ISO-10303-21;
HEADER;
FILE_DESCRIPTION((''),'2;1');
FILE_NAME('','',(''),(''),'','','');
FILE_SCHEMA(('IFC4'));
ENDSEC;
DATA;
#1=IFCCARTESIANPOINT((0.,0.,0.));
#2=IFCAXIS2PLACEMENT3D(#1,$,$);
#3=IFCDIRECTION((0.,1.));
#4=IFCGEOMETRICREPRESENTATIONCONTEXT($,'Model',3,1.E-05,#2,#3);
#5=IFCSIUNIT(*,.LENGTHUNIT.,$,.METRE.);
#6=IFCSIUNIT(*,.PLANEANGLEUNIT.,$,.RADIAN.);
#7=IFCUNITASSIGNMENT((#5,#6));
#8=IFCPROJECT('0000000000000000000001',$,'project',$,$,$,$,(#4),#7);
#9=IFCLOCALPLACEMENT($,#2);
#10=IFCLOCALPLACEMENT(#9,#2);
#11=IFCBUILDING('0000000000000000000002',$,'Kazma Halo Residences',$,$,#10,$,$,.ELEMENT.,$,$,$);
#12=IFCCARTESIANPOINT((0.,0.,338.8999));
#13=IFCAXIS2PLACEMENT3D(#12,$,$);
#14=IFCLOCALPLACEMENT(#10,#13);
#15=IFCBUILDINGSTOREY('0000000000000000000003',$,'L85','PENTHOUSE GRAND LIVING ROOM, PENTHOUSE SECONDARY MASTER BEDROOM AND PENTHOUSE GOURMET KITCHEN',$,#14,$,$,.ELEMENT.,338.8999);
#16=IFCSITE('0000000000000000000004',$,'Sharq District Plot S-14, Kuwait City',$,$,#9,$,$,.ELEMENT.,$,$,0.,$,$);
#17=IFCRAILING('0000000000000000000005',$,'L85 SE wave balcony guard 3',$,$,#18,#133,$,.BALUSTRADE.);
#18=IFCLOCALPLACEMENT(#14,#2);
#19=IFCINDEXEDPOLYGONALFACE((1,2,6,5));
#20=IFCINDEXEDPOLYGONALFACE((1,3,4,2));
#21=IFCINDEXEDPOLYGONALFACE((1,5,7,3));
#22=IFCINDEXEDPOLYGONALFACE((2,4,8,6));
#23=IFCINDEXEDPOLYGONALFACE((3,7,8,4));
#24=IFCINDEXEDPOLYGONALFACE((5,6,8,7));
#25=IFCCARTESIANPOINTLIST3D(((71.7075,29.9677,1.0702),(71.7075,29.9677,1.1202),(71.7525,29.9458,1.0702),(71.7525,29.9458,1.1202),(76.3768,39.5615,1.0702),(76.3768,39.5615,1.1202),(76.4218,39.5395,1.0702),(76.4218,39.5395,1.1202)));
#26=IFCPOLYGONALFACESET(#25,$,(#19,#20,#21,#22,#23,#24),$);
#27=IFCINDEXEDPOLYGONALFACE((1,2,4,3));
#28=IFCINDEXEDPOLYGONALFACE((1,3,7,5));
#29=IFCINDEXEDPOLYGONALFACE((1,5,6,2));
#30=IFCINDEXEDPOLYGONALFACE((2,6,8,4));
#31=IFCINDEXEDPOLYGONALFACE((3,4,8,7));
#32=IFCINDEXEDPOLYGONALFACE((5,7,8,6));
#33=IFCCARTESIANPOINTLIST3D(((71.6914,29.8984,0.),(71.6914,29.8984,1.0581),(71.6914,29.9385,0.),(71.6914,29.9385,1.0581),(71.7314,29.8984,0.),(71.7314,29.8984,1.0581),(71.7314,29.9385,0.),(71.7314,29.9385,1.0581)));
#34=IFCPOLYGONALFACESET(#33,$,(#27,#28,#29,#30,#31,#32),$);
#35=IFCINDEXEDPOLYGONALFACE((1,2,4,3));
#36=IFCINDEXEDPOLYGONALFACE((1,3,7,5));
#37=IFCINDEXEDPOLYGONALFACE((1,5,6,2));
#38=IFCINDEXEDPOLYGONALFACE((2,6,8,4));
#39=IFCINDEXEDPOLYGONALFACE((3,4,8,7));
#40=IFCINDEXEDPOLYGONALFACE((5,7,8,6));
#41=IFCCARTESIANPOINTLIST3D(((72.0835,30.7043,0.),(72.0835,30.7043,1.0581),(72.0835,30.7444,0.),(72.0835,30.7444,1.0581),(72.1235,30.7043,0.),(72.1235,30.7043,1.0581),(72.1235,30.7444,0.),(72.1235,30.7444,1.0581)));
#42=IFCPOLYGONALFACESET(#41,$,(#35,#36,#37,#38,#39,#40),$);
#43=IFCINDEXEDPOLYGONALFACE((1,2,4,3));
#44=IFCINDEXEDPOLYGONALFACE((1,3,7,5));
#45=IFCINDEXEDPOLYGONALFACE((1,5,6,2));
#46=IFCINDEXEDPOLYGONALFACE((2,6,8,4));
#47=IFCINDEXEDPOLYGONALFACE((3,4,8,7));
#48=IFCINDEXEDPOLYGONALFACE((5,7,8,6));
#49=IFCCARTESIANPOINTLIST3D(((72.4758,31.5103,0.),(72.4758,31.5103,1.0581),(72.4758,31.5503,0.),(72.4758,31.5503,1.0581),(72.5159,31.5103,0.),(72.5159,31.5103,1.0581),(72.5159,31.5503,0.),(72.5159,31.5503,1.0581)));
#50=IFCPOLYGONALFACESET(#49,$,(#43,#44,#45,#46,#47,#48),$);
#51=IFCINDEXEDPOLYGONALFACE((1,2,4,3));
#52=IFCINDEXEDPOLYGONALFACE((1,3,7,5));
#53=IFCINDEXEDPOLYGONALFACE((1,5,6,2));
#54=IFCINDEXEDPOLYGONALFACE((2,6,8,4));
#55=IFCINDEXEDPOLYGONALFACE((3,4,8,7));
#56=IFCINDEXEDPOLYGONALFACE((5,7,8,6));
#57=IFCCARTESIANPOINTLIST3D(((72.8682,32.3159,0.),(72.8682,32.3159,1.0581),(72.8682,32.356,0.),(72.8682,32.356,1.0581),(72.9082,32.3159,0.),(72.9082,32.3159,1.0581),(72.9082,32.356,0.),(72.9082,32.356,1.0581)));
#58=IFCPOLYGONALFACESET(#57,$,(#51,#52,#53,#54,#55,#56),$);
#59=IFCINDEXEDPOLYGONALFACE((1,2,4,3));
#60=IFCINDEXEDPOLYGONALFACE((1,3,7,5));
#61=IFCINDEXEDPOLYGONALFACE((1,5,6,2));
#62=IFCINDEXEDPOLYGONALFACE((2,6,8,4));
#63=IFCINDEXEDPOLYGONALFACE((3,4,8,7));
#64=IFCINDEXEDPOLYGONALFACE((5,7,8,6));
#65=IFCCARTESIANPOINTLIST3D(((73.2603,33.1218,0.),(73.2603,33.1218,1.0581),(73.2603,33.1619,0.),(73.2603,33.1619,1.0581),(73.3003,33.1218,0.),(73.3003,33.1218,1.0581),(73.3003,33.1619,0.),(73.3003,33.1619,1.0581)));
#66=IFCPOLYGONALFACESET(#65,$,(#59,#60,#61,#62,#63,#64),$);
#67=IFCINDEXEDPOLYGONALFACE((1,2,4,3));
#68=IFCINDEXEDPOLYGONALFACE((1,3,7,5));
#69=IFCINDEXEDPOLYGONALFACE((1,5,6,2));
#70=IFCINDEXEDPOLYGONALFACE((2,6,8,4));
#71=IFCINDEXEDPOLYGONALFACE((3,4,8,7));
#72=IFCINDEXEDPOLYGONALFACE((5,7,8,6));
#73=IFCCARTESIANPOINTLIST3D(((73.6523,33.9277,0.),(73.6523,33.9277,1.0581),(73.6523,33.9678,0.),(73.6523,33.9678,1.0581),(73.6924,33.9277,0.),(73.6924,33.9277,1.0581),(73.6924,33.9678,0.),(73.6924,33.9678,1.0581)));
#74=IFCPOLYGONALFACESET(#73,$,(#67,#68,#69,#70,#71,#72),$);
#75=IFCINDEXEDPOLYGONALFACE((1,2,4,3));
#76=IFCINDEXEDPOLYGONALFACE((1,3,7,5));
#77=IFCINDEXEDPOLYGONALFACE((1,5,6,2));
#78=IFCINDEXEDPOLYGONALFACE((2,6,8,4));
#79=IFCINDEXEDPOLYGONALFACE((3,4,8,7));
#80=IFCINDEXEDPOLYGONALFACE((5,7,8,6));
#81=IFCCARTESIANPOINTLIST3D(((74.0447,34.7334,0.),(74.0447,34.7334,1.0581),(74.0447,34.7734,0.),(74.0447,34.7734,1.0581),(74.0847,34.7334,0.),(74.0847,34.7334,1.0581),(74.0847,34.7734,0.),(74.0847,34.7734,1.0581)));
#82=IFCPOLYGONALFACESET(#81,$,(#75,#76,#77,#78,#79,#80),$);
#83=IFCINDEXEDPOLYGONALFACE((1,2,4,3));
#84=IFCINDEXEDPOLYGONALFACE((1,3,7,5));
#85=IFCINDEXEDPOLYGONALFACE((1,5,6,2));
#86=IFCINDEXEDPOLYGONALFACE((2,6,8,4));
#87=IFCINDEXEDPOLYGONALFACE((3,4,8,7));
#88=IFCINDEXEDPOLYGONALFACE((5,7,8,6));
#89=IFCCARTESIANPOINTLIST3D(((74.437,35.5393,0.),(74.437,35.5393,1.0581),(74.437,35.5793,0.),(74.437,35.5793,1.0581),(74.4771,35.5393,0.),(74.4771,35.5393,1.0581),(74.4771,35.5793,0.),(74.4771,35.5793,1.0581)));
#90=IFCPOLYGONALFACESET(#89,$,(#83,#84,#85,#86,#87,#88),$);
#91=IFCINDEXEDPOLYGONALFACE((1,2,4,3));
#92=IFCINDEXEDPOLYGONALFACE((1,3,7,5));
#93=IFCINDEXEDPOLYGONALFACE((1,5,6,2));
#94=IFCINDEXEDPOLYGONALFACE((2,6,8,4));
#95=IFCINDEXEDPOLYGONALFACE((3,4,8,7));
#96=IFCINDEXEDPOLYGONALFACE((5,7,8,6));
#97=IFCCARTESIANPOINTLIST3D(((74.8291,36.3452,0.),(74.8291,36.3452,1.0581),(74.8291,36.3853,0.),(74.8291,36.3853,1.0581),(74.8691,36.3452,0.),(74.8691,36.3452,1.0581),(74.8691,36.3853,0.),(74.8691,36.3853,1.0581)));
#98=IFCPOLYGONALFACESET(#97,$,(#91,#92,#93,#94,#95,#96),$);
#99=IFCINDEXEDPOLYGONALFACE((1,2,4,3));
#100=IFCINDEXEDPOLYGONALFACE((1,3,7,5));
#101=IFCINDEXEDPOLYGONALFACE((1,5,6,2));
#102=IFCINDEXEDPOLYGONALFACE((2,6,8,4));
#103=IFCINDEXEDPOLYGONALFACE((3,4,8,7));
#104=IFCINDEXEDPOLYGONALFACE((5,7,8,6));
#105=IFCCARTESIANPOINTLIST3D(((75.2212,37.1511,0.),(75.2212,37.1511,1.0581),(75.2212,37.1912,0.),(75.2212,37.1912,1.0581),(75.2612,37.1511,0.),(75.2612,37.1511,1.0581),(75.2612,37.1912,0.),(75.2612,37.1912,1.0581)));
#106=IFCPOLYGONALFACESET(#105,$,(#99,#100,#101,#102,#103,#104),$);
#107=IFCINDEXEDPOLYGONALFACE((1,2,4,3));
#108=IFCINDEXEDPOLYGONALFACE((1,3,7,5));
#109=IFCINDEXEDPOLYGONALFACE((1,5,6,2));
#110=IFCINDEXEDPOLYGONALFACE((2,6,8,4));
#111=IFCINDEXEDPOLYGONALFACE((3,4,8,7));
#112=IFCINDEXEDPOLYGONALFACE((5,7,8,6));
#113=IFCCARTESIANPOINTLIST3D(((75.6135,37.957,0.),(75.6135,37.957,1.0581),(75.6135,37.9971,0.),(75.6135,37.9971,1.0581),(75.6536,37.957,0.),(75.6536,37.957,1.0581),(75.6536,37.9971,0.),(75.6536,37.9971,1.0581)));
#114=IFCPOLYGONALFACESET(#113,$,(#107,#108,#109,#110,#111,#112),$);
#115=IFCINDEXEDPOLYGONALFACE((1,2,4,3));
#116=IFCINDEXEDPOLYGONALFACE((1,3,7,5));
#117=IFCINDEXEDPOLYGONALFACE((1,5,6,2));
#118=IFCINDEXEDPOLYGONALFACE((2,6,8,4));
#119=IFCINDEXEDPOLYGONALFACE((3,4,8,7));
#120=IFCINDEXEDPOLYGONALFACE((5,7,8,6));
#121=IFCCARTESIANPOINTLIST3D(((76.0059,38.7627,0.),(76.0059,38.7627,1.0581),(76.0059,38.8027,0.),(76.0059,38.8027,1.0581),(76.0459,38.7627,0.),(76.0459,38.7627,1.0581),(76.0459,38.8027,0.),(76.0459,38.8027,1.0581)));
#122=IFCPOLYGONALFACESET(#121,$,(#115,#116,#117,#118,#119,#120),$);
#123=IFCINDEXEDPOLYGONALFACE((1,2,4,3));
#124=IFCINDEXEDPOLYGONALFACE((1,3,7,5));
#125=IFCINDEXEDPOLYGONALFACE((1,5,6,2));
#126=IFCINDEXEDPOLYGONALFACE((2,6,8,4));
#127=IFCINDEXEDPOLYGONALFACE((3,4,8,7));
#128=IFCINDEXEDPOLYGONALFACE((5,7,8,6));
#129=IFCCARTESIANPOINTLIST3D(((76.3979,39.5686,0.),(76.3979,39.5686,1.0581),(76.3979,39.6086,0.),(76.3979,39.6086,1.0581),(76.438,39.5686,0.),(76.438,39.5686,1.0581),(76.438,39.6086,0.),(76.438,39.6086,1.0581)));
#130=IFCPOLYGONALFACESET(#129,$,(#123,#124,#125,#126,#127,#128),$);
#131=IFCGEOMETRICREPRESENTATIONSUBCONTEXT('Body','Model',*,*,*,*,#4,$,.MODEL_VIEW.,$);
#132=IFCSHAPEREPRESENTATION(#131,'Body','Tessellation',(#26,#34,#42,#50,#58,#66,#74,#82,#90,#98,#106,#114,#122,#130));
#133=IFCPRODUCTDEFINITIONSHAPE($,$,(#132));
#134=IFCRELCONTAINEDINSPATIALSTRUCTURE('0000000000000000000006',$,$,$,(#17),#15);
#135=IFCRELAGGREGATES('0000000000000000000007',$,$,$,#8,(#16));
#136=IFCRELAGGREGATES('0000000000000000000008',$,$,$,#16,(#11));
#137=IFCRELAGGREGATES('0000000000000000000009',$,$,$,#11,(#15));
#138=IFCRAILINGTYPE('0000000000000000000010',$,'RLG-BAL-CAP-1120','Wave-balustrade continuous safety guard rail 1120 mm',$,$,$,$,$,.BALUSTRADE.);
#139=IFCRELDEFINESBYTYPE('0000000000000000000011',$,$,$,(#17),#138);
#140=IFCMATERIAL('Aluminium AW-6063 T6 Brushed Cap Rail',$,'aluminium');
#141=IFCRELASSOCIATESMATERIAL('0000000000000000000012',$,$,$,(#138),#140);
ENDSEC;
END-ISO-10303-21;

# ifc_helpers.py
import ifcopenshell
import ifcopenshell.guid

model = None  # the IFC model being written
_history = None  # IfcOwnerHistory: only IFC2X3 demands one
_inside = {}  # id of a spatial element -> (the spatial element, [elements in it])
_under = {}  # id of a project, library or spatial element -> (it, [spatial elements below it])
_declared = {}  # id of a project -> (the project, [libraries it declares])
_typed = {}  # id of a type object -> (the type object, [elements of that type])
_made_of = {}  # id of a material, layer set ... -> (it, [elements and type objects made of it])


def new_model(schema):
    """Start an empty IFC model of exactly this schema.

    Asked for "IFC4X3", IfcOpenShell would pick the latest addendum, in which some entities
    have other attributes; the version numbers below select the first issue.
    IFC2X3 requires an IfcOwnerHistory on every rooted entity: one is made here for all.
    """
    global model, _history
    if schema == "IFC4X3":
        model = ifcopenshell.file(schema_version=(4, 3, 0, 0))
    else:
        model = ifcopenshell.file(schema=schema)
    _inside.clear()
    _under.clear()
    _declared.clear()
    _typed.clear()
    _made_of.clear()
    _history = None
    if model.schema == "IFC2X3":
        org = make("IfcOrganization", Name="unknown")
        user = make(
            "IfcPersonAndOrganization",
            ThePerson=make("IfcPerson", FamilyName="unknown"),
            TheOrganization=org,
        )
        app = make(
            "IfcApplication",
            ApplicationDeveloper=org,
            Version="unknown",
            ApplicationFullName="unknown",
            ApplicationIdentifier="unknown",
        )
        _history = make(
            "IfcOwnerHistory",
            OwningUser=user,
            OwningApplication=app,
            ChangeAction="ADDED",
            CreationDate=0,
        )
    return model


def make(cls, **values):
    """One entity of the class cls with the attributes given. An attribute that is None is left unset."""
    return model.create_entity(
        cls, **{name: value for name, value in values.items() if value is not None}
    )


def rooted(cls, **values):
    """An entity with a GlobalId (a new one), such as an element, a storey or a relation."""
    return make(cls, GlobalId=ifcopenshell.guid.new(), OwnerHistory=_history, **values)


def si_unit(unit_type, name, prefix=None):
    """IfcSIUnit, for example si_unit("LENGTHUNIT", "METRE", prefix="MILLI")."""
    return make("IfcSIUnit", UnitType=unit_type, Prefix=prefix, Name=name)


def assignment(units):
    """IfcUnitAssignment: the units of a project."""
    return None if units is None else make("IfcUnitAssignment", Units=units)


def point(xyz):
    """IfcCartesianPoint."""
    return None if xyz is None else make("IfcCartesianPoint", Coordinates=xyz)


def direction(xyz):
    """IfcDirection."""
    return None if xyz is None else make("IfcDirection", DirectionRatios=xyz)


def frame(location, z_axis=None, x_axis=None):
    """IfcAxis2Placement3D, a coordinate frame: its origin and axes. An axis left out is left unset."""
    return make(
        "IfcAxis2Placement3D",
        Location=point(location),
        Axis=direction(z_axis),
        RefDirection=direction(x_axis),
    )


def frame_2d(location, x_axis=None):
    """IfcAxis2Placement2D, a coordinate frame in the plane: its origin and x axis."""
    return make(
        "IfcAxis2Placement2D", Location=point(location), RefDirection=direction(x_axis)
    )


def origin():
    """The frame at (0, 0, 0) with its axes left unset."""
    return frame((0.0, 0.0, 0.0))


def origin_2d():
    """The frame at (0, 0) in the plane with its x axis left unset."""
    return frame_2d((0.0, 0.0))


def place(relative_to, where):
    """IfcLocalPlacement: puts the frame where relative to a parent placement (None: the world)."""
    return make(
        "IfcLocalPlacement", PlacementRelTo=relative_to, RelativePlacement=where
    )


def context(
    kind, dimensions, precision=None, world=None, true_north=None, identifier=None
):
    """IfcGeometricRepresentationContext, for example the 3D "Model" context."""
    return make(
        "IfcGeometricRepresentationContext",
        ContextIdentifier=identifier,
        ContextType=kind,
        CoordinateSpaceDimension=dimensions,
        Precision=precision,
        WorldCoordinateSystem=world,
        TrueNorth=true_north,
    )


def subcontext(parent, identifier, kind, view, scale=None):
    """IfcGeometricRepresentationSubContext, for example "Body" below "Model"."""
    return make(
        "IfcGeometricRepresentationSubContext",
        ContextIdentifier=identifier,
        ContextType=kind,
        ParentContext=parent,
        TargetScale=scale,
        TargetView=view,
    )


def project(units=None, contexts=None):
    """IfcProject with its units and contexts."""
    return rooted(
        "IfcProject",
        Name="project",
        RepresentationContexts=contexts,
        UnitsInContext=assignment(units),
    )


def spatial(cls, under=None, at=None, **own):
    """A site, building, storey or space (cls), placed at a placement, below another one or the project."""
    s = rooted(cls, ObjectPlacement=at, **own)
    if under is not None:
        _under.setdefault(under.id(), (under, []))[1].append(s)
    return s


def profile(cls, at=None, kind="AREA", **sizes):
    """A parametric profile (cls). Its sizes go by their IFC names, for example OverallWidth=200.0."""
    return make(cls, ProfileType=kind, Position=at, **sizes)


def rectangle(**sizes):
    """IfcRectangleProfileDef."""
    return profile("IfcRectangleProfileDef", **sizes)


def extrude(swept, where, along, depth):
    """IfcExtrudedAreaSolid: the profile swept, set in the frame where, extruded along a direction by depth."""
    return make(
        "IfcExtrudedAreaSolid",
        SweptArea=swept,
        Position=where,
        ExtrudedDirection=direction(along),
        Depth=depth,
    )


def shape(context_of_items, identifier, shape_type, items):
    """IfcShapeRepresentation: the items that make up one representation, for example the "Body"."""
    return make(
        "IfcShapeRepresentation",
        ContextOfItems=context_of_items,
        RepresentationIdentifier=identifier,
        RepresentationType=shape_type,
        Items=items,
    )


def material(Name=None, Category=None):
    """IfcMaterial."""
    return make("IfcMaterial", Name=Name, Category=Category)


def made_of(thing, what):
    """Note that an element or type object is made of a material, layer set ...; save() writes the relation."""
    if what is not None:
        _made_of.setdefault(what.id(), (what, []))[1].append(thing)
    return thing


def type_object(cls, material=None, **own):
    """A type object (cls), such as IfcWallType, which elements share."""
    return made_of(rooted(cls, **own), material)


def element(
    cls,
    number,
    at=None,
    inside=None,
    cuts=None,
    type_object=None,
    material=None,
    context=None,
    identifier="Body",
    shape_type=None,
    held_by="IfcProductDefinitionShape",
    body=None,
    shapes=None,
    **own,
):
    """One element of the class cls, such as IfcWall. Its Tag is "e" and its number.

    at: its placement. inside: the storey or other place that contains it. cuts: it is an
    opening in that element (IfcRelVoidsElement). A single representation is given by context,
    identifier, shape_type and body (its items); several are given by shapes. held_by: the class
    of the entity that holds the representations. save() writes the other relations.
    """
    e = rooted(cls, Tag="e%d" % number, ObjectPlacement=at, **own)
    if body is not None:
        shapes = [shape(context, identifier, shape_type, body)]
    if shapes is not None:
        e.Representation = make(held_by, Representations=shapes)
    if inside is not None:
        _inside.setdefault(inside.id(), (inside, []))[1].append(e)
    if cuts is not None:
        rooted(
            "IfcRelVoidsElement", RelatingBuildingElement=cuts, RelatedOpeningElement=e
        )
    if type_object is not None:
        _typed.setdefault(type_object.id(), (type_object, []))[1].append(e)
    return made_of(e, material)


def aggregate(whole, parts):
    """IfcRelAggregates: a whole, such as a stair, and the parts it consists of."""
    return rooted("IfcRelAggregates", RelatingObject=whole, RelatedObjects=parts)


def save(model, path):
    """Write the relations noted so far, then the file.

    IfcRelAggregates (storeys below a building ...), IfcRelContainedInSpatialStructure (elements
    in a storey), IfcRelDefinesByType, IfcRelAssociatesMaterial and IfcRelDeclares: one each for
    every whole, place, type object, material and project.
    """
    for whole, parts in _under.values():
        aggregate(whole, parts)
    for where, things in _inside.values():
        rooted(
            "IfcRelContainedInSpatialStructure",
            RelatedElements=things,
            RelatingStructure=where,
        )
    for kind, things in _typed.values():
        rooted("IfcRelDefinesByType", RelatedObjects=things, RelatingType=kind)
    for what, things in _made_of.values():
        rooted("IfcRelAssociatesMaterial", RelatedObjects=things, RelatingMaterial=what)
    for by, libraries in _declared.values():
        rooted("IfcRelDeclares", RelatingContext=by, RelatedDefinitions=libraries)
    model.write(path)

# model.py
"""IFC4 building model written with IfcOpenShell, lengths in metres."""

from ifc_helpers import new_model, si_unit, direction, frame, origin, origin_2d, place, context, subcontext, project, spatial, rectangle, extrude, material, type_object, element, save


model = new_model("IFC4")

# Units and contexts
model_context = context("Model", 3, precision=1e-05, world=origin(), true_north=direction((0.0, 1.0)))
body_context = subcontext(model_context, "Body", "Model", "MODEL_VIEW")
ifc_project = project(units=[si_unit("LENGTHUNIT", "METRE"), si_unit("PLANEANGLEUNIT", "RADIAN")], contexts=[model_context])

# Site, building, storey
site_placement = place(None, origin())
site = spatial("IfcSite", under=ifc_project, at=site_placement, Name="Sharq District Plot S-14, Kuwait City", CompositionType="ELEMENT", RefElevation=0.0)
building_placement = place(site_placement, origin())
building = spatial("IfcBuilding", under=site, at=building_placement, Name="Kazma Halo Residences", CompositionType="ELEMENT")
storey_placement = place(building_placement, frame((0.0, 0.0, 338.8999)))
storey = spatial("IfcBuildingStorey", under=building, at=storey_placement, Name="L85", Description="PENTHOUSE GRAND LIVING ROOM, PENTHOUSE SECONDARY MASTER BEDROOM AND PENTHOUSE GOURMET KITCHEN", CompositionType="ELEMENT", Elevation=338.8999)

# Railing
ifc_material_1 = material(Name="Aluminium AW-6063 T6 Brushed Cap Rail", Category="aluminium")
railing_type = type_object("IfcRailingType", Name="RLG-BAL-CAP-1120", Description="Wave-balustrade continuous safety guard rail 1120 mm", PredefinedType="BALUSTRADE", material=ifc_material_1)
railing_1_placement = place(storey_placement, frame((71.7114, 29.9185, 0.0)))
element("IfcRailing", 1, at=railing_1_placement, inside=storey, type_object=railing_type, Name="L85 SE wave balcony guard 3", PredefinedType="BALUSTRADE", context=body_context, shape_type="SweptSolid", body=[
    extrude(rectangle(XDim=0.05, YDim=0.05, at=origin_2d()), frame((0.0186, 0.0383, 1.0952), z_axis=(0.437626, 0.899157, 0.0), x_axis=(-0.899157, 0.437626, 0.0)), (0.0, 0.0, 1.0), 10.6697),
    extrude(rectangle(XDim=0.04, YDim=0.04, at=origin_2d()), origin(), (0.0, 0.0, 1.0), 1.0581),
    extrude(rectangle(XDim=0.04, YDim=0.04, at=origin_2d()), frame((0.3921, 0.8059, 0.0)), (0.0, 0.0, 1.0), 1.0581),
    extrude(rectangle(XDim=0.04, YDim=0.04, at=origin_2d()), frame((0.7844, 1.6118, 0.0)), (0.0, 0.0, 1.0), 1.0581),
    extrude(rectangle(XDim=0.04, YDim=0.04, at=origin_2d()), frame((1.1768, 2.4175, 0.0)), (0.0, 0.0, 1.0), 1.0581),
    extrude(rectangle(XDim=0.04, YDim=0.04, at=origin_2d()), frame((1.5688, 3.2234, 0.0)), (0.0, 0.0, 1.0), 1.0581),
    extrude(rectangle(XDim=0.04, YDim=0.04, at=origin_2d()), frame((1.9609, 4.0293, 0.0)), (0.0, 0.0, 1.0), 1.0581),
    extrude(rectangle(XDim=0.04, YDim=0.04, at=origin_2d()), frame((2.3533, 4.835, 0.0)), (0.0, 0.0, 1.0), 1.0581),
    extrude(rectangle(XDim=0.04, YDim=0.04, at=origin_2d()), frame((2.7456, 5.6409, 0.0)), (0.0, 0.0, 1.0), 1.0581),
    extrude(rectangle(XDim=0.04, YDim=0.04, at=origin_2d()), frame((3.1377, 6.4468, 0.0)), (0.0, 0.0, 1.0), 1.0581),
    extrude(rectangle(XDim=0.04, YDim=0.04, at=origin_2d()), frame((3.5298, 7.2527, 0.0)), (0.0, 0.0, 1.0), 1.0581),
    extrude(rectangle(XDim=0.04, YDim=0.04, at=origin_2d()), frame((3.9221, 8.0586, 0.0)), (0.0, 0.0, 1.0), 1.0581),
    extrude(rectangle(XDim=0.04, YDim=0.04, at=origin_2d()), frame((4.3145, 8.8643, 0.0)), (0.0, 0.0, 1.0), 1.0581),
    extrude(rectangle(XDim=0.04, YDim=0.04, at=origin_2d()), frame((4.7065, 9.6702, 0.0)), (0.0, 0.0, 1.0), 1.0581),
])

save(model, "model.ifc")
